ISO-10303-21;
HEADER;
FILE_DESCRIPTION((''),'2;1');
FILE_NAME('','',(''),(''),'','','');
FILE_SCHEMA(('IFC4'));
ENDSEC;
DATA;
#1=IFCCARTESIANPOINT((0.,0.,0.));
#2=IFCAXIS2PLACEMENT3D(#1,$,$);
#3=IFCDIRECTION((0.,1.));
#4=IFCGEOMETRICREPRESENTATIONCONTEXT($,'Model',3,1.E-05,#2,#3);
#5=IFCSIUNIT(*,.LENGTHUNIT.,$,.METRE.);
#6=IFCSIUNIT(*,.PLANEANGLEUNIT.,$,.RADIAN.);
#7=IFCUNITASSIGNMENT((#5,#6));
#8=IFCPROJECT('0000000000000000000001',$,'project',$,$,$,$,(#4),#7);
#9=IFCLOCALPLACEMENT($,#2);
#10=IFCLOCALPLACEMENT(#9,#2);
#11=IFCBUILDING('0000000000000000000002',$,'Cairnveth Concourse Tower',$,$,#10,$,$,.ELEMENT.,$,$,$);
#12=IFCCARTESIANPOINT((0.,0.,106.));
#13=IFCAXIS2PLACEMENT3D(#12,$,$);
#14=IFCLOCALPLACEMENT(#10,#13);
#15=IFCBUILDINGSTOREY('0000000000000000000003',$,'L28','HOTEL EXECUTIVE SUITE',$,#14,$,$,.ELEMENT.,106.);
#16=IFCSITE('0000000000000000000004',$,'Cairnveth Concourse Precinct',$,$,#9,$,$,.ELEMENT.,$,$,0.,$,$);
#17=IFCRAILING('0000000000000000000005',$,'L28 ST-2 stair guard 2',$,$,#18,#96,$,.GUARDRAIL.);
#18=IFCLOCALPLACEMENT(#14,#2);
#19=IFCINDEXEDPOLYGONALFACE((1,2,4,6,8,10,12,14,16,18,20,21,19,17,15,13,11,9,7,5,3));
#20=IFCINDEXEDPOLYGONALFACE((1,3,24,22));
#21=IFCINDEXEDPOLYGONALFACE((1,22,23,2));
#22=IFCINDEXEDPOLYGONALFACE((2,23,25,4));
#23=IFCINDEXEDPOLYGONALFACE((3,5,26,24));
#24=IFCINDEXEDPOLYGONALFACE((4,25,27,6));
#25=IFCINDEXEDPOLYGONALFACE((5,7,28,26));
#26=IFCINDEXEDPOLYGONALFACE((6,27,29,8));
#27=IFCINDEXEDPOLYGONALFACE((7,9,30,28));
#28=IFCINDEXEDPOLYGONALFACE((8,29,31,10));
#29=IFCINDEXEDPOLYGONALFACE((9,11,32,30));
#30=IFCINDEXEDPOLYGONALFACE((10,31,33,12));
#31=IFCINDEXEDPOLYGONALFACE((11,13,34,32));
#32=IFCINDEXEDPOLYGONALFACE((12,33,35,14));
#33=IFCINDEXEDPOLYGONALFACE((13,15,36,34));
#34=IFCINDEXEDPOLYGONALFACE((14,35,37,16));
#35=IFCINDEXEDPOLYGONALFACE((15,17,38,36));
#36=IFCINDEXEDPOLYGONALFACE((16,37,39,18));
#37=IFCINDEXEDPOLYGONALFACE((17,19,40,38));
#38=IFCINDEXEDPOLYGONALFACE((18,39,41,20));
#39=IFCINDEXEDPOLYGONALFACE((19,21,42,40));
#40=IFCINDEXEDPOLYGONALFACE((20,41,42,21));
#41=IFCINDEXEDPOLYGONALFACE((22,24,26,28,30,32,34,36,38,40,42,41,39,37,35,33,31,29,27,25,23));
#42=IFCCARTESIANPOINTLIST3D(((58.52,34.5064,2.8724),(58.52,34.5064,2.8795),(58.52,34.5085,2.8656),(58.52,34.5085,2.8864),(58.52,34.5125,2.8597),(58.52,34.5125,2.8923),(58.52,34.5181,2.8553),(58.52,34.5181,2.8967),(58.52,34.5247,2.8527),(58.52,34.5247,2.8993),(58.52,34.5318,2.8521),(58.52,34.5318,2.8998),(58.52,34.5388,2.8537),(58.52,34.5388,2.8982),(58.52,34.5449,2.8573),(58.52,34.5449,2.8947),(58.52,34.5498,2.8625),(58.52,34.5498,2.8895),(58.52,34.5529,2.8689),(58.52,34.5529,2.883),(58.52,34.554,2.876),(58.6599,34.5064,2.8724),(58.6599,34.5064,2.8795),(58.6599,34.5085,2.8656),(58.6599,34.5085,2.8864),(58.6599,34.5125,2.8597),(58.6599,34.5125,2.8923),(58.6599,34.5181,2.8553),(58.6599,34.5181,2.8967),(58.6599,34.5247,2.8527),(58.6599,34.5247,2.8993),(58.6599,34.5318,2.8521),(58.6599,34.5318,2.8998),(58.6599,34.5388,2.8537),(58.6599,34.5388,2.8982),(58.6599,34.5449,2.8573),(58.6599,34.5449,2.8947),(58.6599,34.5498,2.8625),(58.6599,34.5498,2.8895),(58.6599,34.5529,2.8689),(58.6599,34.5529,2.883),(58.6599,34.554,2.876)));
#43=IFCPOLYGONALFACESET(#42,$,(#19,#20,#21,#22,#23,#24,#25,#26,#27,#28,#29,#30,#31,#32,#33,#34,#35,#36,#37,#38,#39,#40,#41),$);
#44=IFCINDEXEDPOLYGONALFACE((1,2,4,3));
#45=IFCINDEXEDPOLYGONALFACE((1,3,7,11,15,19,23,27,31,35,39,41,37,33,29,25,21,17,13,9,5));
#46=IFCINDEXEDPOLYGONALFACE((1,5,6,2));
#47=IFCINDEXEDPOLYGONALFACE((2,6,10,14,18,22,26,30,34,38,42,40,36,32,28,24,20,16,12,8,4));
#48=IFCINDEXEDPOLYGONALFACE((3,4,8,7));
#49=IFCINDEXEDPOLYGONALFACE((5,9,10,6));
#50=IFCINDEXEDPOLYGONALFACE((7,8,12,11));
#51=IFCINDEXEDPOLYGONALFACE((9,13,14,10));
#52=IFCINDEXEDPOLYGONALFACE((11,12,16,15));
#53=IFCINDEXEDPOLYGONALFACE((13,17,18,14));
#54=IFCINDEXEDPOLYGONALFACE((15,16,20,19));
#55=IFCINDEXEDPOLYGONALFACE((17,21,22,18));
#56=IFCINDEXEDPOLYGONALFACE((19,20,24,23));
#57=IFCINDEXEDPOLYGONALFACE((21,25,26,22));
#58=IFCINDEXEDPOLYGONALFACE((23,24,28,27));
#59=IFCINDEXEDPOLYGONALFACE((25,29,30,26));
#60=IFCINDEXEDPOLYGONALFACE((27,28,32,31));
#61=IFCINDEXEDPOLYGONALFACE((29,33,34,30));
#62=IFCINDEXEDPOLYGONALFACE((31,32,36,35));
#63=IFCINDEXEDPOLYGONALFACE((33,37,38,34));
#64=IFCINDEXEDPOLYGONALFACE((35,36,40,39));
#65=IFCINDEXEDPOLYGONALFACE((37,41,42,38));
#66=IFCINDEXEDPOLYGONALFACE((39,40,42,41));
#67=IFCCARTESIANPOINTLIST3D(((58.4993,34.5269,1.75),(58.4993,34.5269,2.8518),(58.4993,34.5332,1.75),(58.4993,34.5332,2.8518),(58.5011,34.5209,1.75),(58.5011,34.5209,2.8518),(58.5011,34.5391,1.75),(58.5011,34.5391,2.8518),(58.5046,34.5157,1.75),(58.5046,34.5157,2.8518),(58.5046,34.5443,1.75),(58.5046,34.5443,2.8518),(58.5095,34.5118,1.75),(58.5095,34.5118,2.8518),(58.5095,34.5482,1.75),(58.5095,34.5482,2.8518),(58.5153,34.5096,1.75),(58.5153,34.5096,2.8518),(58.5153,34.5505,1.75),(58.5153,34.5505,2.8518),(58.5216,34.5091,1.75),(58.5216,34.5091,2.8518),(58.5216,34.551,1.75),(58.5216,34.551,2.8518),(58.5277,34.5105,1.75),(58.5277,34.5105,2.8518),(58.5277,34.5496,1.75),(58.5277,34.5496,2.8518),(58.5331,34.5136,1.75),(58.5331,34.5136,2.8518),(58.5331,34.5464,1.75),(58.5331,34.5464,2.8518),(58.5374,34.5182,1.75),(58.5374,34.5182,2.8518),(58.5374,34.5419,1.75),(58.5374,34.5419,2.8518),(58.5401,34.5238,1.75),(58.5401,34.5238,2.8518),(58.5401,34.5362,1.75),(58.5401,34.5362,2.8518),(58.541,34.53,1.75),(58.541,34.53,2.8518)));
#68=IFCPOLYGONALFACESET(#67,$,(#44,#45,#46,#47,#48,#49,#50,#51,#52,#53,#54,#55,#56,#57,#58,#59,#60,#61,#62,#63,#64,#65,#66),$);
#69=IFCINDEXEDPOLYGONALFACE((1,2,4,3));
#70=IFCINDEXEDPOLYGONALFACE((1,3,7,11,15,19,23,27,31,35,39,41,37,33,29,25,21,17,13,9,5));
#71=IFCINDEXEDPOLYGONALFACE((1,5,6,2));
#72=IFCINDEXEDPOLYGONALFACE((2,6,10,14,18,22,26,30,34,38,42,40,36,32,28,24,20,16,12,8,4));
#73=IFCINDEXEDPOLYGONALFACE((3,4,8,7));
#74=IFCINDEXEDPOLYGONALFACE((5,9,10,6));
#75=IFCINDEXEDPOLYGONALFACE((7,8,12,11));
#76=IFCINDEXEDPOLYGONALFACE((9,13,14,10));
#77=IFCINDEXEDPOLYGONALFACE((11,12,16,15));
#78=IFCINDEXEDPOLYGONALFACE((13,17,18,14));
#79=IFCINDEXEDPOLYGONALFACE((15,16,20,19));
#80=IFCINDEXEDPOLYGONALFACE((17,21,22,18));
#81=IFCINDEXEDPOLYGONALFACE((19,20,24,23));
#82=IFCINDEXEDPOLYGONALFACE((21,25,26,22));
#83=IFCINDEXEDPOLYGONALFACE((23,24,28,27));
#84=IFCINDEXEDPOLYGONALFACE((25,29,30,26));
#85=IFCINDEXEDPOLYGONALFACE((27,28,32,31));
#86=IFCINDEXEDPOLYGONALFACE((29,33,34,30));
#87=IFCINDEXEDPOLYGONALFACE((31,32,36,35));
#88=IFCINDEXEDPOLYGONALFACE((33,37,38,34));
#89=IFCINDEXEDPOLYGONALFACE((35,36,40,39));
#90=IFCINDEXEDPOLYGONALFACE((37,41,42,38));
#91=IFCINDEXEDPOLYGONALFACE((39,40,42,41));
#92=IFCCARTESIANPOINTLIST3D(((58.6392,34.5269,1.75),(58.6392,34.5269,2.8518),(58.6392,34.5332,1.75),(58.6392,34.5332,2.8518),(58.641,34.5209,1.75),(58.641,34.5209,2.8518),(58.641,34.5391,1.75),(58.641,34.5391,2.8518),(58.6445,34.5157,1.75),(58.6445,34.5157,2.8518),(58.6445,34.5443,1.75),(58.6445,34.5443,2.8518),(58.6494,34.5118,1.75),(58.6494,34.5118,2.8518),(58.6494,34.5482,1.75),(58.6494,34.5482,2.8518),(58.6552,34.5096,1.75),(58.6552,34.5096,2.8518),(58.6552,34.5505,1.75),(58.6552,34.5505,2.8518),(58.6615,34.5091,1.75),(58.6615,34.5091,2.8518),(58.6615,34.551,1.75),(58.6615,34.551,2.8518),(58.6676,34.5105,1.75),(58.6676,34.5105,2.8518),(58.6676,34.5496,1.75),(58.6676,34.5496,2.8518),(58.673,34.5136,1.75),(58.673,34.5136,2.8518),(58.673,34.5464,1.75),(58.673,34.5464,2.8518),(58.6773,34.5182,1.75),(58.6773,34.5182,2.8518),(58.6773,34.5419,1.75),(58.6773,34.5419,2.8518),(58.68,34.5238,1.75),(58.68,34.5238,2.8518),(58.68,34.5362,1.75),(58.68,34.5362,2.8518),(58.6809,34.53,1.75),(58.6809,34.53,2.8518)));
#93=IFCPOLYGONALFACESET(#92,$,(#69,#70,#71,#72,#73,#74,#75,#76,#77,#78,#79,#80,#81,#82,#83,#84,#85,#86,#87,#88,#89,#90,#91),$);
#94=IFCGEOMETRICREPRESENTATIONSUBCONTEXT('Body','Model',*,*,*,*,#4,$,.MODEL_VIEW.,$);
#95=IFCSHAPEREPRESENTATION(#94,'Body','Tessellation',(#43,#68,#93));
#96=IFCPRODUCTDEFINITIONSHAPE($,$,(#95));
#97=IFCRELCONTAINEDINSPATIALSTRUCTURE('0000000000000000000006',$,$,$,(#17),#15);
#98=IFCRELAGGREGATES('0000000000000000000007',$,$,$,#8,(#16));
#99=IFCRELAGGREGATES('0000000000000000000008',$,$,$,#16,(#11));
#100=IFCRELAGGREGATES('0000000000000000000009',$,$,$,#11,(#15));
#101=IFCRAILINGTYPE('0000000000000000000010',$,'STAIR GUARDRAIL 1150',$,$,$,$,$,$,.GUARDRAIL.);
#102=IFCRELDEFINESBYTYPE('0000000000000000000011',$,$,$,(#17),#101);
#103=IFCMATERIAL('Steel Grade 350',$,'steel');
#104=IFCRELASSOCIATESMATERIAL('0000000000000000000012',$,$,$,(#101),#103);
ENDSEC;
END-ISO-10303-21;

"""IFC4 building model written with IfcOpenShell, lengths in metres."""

from ifc_helpers import new_model, si_unit, direction, frame, origin, origin_2d, place, context, subcontext, project, spatial, circle, extrude, material, type_object, element, save


model = new_model("IFC4")

# Units and contexts
model_context = context("Model", 3, precision=1e-05, world=origin(), true_north=direction((0.0, 1.0)))
body_context = subcontext(model_context, "Body", "Model", "MODEL_VIEW")
ifc_project = project(units=[si_unit("LENGTHUNIT", "METRE"), si_unit("PLANEANGLEUNIT", "RADIAN")], contexts=[model_context])

# Site, building, storey
site_placement = place(None, origin())
site = spatial("IfcSite", under=ifc_project, at=site_placement, Name="Cairnveth Concourse Precinct", CompositionType="ELEMENT", RefElevation=0.0)
building_placement = place(site_placement, origin())
building = spatial("IfcBuilding", under=site, at=building_placement, Name="Cairnveth Concourse Tower", CompositionType="ELEMENT")
storey_placement = place(building_placement, frame((0.0, 0.0, 106.0)))
storey = spatial("IfcBuildingStorey", under=building, at=storey_placement, Name="L28", Description="HOTEL EXECUTIVE SUITE", CompositionType="ELEMENT", Elevation=106.0)

# Shared definitions
ifc_material_1 = material(Name="Steel Grade 350", Category="steel")

# Railing
railing_type_1 = type_object("IfcRailingType", Name="STAIR GUARDRAIL 1150", PredefinedType="GUARDRAIL", material=ifc_material_1)
railing_1_placement = place(storey_placement, frame((58.52, 34.53, 1.75)))
element("IfcRailing", 1, at=railing_1_placement, inside=storey, type_object=railing_type_1, Name="L28 ST-2 stair guard 2", PredefinedType="GUARDRAIL", context=body_context, shape_type="SweptSolid", body=[
    extrude(circle(Radius=0.0239, at=origin_2d()), frame((0.0, 0.0, 1.126), z_axis=(1.0, 0.0, 0.0), x_axis=(0.0, 1.0, 0.0)), (0.0, 0.0, 1.0), 0.1399),
    extrude(circle(Radius=0.021, at=origin_2d()), origin(), (0.0, 0.0, 1.0), 1.1018),
    extrude(circle(Radius=0.021, at=origin_2d()), frame((0.1399, 0.0, 0.0)), (0.0, 0.0, 1.0), 1.1018),
])

save(model, "model.ifc")
